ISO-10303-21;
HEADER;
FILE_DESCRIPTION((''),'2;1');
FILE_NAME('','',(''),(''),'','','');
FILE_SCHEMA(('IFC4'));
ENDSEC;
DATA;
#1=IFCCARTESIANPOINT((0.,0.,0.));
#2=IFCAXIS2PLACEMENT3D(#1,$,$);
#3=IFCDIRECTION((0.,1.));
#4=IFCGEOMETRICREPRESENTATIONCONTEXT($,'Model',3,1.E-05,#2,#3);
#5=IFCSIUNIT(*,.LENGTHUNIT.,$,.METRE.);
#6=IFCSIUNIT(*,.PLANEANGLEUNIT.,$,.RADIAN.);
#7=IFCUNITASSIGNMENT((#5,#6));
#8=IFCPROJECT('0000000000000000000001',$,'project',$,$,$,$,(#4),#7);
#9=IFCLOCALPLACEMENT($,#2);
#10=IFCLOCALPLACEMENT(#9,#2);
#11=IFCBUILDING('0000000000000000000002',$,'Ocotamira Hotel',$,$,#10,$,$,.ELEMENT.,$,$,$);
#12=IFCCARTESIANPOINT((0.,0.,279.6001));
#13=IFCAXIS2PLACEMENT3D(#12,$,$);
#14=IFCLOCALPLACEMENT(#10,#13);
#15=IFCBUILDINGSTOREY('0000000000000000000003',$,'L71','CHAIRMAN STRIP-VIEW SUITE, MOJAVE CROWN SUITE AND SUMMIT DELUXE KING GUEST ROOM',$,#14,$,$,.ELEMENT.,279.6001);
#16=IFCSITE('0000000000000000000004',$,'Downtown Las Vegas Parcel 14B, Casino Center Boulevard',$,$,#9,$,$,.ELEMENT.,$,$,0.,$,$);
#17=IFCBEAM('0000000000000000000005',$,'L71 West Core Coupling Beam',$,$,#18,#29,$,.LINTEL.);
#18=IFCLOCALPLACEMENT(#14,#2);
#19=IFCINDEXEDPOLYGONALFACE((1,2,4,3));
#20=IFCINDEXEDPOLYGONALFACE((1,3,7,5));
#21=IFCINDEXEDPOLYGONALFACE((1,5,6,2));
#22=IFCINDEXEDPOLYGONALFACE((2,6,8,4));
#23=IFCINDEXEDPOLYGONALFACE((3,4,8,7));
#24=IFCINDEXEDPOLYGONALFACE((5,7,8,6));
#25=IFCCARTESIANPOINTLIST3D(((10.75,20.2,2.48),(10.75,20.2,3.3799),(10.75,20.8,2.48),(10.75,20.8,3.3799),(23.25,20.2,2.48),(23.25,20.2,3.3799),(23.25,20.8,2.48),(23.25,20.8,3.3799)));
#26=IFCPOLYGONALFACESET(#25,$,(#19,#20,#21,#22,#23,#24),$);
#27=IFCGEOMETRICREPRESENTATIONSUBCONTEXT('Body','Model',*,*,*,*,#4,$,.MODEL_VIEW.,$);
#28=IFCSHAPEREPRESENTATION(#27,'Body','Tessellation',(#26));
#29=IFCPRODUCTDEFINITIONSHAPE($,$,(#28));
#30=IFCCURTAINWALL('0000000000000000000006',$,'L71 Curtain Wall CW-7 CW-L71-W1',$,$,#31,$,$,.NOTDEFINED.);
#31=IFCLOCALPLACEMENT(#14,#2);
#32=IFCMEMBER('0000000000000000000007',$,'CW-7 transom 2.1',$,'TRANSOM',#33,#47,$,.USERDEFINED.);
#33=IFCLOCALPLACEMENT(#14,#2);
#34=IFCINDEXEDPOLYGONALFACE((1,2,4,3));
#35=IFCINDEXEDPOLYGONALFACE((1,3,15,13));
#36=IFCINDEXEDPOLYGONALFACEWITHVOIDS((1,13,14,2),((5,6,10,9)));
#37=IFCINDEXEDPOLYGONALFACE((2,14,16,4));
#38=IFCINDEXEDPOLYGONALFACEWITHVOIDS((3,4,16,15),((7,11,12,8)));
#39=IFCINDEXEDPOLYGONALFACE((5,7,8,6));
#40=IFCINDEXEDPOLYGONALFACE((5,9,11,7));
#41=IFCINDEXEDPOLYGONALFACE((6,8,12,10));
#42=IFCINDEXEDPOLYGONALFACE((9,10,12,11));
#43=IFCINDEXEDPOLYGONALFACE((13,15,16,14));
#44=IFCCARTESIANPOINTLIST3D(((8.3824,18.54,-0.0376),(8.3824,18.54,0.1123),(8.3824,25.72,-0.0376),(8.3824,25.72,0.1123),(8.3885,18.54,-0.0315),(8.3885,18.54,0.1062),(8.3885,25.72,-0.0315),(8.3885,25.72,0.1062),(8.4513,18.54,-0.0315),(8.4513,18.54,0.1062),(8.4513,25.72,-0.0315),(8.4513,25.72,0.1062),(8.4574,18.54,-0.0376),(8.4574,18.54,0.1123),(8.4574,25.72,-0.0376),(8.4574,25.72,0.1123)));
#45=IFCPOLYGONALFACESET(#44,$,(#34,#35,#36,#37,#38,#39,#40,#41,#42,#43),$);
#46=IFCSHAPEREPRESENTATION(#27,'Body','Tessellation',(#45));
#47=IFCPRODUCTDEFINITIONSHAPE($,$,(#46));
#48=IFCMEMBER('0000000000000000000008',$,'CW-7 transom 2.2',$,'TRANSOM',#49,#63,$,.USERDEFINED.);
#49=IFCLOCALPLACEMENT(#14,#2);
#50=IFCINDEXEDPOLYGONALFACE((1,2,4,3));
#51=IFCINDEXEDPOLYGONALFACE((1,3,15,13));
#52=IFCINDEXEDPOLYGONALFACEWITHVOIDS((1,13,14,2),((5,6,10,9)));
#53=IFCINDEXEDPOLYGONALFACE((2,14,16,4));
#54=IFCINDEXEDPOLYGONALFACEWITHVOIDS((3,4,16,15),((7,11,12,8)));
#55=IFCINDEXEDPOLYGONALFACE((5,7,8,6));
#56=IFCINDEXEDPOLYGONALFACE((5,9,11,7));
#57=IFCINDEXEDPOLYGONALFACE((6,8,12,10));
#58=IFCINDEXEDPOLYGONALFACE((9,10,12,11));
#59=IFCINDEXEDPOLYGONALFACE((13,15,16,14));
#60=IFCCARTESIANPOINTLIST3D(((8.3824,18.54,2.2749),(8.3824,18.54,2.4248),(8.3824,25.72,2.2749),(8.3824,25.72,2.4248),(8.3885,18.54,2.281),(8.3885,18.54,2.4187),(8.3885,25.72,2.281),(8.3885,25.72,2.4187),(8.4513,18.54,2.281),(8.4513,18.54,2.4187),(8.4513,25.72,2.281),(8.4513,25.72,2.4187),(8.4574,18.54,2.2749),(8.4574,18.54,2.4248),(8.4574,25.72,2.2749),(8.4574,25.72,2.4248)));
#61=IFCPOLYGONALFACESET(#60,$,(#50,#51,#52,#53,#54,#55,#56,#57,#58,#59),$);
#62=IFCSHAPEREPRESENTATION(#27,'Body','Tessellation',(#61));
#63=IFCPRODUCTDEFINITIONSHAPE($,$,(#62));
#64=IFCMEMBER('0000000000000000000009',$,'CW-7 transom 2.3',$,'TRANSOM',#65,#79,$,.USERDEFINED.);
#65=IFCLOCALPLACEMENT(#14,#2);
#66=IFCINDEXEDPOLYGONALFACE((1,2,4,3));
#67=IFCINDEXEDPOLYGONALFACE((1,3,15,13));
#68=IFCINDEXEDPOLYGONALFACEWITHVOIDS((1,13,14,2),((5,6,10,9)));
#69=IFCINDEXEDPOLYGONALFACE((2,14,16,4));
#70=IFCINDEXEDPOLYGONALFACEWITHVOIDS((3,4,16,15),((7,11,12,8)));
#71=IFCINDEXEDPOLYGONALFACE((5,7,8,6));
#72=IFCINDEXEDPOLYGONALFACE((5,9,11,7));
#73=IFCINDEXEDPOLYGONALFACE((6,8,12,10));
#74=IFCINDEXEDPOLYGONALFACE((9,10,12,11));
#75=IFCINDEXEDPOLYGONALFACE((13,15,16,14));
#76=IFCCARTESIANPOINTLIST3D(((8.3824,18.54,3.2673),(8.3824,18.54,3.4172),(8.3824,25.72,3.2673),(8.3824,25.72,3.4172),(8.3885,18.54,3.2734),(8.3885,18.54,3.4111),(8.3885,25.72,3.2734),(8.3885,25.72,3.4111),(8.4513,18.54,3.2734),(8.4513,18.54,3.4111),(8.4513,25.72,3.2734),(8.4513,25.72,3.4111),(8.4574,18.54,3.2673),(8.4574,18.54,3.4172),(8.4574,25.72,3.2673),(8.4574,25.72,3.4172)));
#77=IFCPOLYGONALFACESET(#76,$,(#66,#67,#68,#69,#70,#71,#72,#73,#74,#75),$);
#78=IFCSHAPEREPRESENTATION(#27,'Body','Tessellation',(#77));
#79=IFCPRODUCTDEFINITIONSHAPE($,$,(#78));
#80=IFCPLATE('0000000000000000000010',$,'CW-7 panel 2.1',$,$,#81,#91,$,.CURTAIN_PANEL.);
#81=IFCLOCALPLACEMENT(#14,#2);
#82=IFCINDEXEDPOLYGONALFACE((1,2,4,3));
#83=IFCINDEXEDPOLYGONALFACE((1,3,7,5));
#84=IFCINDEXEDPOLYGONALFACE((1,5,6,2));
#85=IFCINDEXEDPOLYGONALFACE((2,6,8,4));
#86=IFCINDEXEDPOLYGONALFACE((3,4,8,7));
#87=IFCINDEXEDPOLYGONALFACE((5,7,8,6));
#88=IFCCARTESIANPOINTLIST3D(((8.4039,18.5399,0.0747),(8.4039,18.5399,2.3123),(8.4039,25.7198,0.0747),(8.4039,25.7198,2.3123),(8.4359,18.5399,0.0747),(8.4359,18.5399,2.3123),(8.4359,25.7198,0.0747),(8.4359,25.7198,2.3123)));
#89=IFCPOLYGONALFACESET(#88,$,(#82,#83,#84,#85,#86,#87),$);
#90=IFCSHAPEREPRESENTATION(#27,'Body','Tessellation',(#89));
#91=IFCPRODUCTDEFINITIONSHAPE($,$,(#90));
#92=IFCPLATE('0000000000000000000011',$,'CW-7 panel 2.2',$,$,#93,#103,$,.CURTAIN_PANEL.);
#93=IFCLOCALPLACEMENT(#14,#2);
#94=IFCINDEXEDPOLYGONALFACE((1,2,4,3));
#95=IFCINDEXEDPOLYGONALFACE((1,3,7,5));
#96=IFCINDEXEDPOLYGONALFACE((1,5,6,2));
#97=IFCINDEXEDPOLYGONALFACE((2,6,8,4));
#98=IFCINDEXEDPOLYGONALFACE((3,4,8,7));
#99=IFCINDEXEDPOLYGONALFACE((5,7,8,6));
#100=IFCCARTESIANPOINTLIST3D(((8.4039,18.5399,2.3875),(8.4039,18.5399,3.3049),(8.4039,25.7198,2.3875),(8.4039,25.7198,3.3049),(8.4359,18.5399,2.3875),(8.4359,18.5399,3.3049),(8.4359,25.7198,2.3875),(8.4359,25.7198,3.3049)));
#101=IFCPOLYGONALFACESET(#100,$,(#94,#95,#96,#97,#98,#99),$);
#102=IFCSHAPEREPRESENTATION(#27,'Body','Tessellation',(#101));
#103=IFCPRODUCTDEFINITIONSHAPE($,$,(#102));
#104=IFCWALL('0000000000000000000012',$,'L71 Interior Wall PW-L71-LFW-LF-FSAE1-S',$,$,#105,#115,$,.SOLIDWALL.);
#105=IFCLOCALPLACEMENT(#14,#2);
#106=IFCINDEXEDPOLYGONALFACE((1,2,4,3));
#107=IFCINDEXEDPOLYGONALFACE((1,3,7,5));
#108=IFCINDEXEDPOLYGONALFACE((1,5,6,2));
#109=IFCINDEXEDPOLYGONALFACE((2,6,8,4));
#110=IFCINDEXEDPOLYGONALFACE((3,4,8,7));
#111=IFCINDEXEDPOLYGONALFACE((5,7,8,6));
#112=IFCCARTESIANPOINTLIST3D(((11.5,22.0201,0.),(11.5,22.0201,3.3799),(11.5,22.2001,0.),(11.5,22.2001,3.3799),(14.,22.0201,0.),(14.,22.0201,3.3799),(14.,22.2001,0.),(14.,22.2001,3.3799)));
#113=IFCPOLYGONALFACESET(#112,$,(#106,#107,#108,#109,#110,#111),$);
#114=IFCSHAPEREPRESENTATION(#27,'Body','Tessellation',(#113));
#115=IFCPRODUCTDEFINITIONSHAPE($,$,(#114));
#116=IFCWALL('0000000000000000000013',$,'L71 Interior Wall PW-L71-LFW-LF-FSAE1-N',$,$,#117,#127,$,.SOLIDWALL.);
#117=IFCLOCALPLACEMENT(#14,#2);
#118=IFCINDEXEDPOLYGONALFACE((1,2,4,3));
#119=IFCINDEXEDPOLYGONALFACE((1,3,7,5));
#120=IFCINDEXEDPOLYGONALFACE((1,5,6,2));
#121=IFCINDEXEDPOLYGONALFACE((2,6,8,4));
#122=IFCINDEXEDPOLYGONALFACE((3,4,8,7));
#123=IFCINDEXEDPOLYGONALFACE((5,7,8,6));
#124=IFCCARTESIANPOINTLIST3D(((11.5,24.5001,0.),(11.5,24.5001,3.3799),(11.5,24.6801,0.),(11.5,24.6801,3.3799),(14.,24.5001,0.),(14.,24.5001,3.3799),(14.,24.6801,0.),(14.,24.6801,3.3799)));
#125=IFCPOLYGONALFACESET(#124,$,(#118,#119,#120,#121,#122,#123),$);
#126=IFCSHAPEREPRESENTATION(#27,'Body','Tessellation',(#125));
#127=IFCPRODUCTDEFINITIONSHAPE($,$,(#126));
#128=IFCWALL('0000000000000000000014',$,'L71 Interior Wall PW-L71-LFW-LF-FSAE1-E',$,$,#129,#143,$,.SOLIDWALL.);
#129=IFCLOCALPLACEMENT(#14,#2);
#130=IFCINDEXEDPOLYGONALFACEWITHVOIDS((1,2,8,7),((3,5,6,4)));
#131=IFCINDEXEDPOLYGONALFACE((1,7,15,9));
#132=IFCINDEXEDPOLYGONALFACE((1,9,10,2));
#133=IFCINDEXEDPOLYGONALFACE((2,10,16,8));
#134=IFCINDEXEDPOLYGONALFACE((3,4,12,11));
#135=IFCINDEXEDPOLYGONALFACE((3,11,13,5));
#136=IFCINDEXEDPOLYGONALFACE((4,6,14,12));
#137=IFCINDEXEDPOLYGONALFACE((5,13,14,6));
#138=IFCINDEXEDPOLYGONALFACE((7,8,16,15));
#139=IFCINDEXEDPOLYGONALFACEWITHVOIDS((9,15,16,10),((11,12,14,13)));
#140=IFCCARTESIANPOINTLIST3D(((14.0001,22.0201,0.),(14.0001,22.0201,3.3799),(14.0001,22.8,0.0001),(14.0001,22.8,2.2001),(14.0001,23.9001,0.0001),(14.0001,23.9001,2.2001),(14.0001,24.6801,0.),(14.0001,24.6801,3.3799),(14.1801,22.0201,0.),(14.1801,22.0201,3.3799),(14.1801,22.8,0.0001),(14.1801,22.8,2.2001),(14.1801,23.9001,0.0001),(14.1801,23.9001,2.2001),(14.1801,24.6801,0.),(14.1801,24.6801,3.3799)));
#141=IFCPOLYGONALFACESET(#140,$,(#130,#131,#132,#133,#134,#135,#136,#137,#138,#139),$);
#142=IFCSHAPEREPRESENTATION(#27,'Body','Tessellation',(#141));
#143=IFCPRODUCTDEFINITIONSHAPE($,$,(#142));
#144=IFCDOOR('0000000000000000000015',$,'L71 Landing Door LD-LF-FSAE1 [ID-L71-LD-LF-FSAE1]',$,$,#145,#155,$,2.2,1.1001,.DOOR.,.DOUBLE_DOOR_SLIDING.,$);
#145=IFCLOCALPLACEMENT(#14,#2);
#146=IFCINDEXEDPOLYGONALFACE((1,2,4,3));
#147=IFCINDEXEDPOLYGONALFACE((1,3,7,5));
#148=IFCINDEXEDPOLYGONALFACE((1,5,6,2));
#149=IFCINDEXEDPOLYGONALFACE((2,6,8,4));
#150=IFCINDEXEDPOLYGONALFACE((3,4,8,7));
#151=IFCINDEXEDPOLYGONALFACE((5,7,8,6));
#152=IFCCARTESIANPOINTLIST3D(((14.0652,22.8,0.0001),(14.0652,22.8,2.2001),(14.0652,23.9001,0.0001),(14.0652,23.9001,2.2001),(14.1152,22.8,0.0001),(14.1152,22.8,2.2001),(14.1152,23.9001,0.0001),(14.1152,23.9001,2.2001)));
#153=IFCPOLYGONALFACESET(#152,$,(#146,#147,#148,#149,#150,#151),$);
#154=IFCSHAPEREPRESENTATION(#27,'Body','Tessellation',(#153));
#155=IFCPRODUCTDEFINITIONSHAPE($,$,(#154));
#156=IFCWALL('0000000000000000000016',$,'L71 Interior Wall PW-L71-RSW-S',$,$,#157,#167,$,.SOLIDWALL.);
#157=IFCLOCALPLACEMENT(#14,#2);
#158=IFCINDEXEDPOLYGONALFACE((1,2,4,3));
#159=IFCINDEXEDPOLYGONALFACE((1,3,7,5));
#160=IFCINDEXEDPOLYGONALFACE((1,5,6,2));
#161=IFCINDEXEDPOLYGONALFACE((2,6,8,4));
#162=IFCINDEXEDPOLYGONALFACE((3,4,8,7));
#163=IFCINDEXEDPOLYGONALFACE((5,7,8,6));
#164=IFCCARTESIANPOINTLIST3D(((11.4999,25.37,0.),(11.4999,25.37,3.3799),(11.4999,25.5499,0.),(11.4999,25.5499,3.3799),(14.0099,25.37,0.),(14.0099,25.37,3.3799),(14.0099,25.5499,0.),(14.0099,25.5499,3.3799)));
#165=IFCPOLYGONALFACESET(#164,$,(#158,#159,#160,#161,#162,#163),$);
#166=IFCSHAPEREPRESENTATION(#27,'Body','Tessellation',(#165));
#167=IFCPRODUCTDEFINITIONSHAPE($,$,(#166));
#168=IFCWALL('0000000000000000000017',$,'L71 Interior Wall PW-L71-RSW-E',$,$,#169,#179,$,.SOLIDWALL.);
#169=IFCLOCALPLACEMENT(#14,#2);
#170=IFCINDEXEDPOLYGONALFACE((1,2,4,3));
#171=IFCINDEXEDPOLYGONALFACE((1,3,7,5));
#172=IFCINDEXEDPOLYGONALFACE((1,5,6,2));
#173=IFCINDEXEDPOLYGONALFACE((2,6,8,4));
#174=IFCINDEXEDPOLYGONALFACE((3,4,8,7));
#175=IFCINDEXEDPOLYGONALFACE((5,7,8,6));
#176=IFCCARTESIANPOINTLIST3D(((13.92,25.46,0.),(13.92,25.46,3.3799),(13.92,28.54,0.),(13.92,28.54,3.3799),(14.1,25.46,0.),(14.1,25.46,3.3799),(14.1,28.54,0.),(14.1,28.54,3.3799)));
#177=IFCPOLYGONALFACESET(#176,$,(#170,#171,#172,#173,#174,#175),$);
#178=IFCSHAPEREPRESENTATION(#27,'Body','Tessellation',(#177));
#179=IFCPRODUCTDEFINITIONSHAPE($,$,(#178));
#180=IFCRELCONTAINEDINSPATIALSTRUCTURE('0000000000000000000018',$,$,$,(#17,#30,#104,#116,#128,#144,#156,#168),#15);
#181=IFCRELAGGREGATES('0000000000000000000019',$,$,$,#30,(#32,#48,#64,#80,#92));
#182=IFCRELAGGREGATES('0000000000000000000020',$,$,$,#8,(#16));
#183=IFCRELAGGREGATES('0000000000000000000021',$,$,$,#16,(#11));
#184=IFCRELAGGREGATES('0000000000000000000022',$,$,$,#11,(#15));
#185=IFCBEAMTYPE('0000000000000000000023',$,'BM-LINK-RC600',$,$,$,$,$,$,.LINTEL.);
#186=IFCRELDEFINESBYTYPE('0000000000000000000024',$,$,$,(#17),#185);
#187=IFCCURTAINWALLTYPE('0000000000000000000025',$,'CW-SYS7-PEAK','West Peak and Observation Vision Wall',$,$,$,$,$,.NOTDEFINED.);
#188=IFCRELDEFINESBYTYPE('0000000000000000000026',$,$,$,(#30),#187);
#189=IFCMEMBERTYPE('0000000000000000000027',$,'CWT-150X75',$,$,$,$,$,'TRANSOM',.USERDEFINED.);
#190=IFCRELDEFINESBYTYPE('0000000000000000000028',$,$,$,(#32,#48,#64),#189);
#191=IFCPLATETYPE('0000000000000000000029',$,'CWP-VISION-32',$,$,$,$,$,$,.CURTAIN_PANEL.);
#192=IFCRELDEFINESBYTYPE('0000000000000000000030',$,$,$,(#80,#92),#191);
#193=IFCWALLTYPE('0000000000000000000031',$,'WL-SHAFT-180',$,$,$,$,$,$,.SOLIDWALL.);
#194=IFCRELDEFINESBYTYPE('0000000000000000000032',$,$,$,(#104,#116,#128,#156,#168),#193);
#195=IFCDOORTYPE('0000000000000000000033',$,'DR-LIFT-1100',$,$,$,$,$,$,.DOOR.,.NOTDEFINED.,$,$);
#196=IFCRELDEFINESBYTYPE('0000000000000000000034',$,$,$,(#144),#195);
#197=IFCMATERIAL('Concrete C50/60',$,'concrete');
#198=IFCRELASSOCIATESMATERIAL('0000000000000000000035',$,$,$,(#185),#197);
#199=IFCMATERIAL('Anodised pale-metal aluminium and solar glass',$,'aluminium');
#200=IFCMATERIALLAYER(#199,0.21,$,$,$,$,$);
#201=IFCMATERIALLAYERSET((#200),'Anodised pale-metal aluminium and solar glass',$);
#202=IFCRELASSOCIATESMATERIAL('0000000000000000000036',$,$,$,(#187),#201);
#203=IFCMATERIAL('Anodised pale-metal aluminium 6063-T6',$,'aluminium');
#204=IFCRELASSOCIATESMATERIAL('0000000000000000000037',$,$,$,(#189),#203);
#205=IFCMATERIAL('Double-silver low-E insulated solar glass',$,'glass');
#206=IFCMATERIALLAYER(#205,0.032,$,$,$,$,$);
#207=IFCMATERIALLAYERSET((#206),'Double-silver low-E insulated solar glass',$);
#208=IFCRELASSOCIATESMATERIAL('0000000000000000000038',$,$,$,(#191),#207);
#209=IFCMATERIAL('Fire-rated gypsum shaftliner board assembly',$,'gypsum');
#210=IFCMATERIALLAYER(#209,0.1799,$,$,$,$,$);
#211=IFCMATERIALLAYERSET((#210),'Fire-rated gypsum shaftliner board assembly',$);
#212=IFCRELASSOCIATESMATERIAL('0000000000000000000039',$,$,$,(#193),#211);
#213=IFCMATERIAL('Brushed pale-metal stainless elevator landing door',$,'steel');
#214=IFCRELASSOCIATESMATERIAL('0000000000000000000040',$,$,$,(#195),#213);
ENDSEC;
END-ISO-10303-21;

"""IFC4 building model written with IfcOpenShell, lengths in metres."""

from ifc_helpers import new_model, si_unit, direction, frame, frame_2d, origin, origin_2d, place, context, subcontext, project, spatial, rectangle, hollow_rectangle, extrude, source, transform, mapped, material, layer, layer_set, material_profile, profile_set, type_object, element, fill, aggregate, save


model = new_model("IFC4")

# Units and contexts
model_context = context("Model", 3, precision=1e-05, world=origin(), true_north=direction((0.0, 1.0)))
body_context = subcontext(model_context, "Body", "Model", "MODEL_VIEW")
ifc_project = project(units=[si_unit("LENGTHUNIT", "METRE"), si_unit("PLANEANGLEUNIT", "RADIAN")], contexts=[model_context])

# Site, building, storey
site_placement = place(None, origin())
site = spatial("IfcSite", under=ifc_project, at=site_placement, Name="Downtown Las Vegas Parcel 14B, Casino Center Boulevard", CompositionType="ELEMENT", RefElevation=0.0)
building_placement = place(site_placement, origin())
building = spatial("IfcBuilding", under=site, at=building_placement, Name="Ocotamira Hotel", CompositionType="ELEMENT")
storey_placement = place(building_placement, frame((0.0, 0.0, 279.6001)))
storey = spatial("IfcBuildingStorey", under=building, at=storey_placement, Name="L71", Description="CHAIRMAN STRIP-VIEW SUITE, MOJAVE CROWN SUITE AND SUMMIT DELUXE KING GUEST ROOM", CompositionType="ELEMENT", Elevation=279.6001)

# Beam
ifc_material_1 = material(Name="Concrete C50/60", Category="concrete")
ifc_material_profile_1 = material_profile(ifc_material_1, rectangle(XDim=0.6001, YDim=0.8999, at=origin_2d()), Name="RC600X900")
ifc_profile_set_1 = profile_set([ifc_material_profile_1], Name="Concrete C50/60")
beam_type = type_object("IfcBeamType", Name="BM-LINK-RC600", PredefinedType="LINTEL", material=ifc_profile_set_1)
shared_shape_1 = source(origin(), body_context, "Body", "SweptSolid", [
    extrude(rectangle(XDim=0.6001, YDim=0.8999, at=origin_2d()), origin(), (0.0, 0.0, 1.0), 12.5),
])
beam_placement = place(storey_placement, frame((10.75, 20.5, 2.9299), z_axis=(1.0, 0.0, 0.0), x_axis=(0.0, 1.0, 0.0)))
element("IfcBeam", 1, at=beam_placement, inside=storey, type_object=beam_type, Name="L71 West Core Coupling Beam", PredefinedType="LINTEL", context=body_context, shape_type="MappedRepresentation", body=[
    mapped(shared_shape_1, transform((0.0, 0.0, 0.0), scale=1.0)),
])

# Curtain wall, members, plates
ifc_material_2 = material(Name="Anodised pale-metal aluminium and solar glass", Category="aluminium")
ifc_layer_1 = layer(ifc_material_2, 0.21)
ifc_layer_set_1 = layer_set([ifc_layer_1], Name="Anodised pale-metal aluminium and solar glass")
curtain_wall_type = type_object("IfcCurtainWallType", Name="CW-SYS7-PEAK", Description="West Peak and Observation Vision Wall", PredefinedType="NOTDEFINED", material=ifc_layer_set_1)
curtain_wall_placement = place(storey_placement, origin())
curtain_wall = element("IfcCurtainWall", 2, at=curtain_wall_placement, inside=storey, type_object=curtain_wall_type, Name="L71 Curtain Wall CW-7 CW-L71-W1", PredefinedType="NOTDEFINED")
ifc_material_3 = material(Name="Anodised pale-metal aluminium 6063-T6", Category="aluminium")
ifc_material_profile_2 = material_profile(ifc_material_3, hollow_rectangle(XDim=0.075, YDim=0.1499, WallThickness=0.0061, at=origin_2d()), Name="HSS150X75X6")
ifc_profile_set_2 = profile_set([ifc_material_profile_2], Name="Anodised pale-metal aluminium 6063-T6")
member_type = type_object("IfcMemberType", Name="CWT-150X75", ElementType="TRANSOM", PredefinedType="USERDEFINED", material=ifc_profile_set_2)
shared_shape_2 = source(origin(), body_context, "Body", "SweptSolid", [
    extrude(hollow_rectangle(XDim=0.075, YDim=0.1499, WallThickness=0.0061, at=origin_2d()), origin(), (0.0, 0.0, 1.0), 7.1799),
])
member_1_placement = place(storey_placement, frame((8.4199, 18.54, 0.0374), z_axis=(0.0, 1.0, 0.0), x_axis=(-1.0, 0.0, 0.0)))
member_1 = element("IfcMember", 3, at=member_1_placement, type_object=member_type, Name="CW-7 transom 2.1", ObjectType="TRANSOM", PredefinedType="USERDEFINED", context=body_context, shape_type="MappedRepresentation", body=[
    mapped(shared_shape_2, transform((0.0, 0.0, 0.0), scale=1.0)),
])
member_2_placement = place(storey_placement, frame((8.4199, 18.54, 2.3499), z_axis=(0.0, 1.0, 0.0), x_axis=(-1.0, 0.0, 0.0)))
member_2 = element("IfcMember", 4, at=member_2_placement, type_object=member_type, Name="CW-7 transom 2.2", ObjectType="TRANSOM", PredefinedType="USERDEFINED", context=body_context, shape_type="MappedRepresentation", body=[
    mapped(shared_shape_2, transform((0.0, 0.0, 0.0), scale=1.0)),
])
member_3_placement = place(storey_placement, frame((8.4199, 18.54, 3.3423), z_axis=(0.0, 1.0, 0.0), x_axis=(-1.0, 0.0, 0.0)))
member_3 = element("IfcMember", 5, at=member_3_placement, type_object=member_type, Name="CW-7 transom 2.3", ObjectType="TRANSOM", PredefinedType="USERDEFINED", context=body_context, shape_type="MappedRepresentation", body=[
    mapped(shared_shape_2, transform((0.0, 0.0, 0.0), scale=1.0)),
])
ifc_material_4 = material(Name="Double-silver low-E insulated solar glass", Category="glass")
ifc_layer_2 = layer(ifc_material_4, 0.032)
ifc_layer_set_2 = layer_set([ifc_layer_2], Name="Double-silver low-E insulated solar glass")
plate_type = type_object("IfcPlateType", Name="CWP-VISION-32", PredefinedType="CURTAIN_PANEL", material=ifc_layer_set_2)
shared_shape_3 = source(origin(), body_context, "Body", "SweptSolid", [
    extrude(rectangle(XDim=7.1799, YDim=0.032, at=origin_2d()), origin(), (0.0, 0.0, 1.0), 2.2375),
])
plate_1_placement = place(storey_placement, frame((8.4199, 22.1299, 0.0747), z_axis=(0.0, 0.0, 1.0), x_axis=(0.0, 1.0, 0.0)))
plate_1 = element("IfcPlate", 6, at=plate_1_placement, type_object=plate_type, Name="CW-7 panel 2.1", PredefinedType="CURTAIN_PANEL", context=body_context, shape_type="MappedRepresentation", body=[
    mapped(shared_shape_3, transform((0.0, 0.0, 0.0), scale=1.0)),
])
shared_shape_4 = source(origin(), body_context, "Body", "SweptSolid", [
    extrude(rectangle(XDim=7.1799, YDim=0.032, at=origin_2d()), origin(), (0.0, 0.0, 1.0), 0.9175),
])
plate_2_placement = place(storey_placement, frame((8.4199, 22.1299, 2.3875), z_axis=(0.0, 0.0, 1.0), x_axis=(0.0, 1.0, 0.0)))
plate_2 = element("IfcPlate", 7, at=plate_2_placement, type_object=plate_type, Name="CW-7 panel 2.2", PredefinedType="CURTAIN_PANEL", context=body_context, shape_type="MappedRepresentation", body=[
    mapped(shared_shape_4, transform((0.0, 0.0, 0.0), scale=1.0)),
])
aggregate(curtain_wall, [member_1, member_2, member_3, plate_1, plate_2])

# Walls
ifc_material_5 = material(Name="Fire-rated gypsum shaftliner board assembly", Category="gypsum")
ifc_layer_3 = layer(ifc_material_5, 0.1799)
ifc_layer_set_3 = layer_set([ifc_layer_3], Name="Fire-rated gypsum shaftliner board assembly")
wall_type_1 = type_object("IfcWallType", Name="WL-SHAFT-180", PredefinedType="SOLIDWALL", material=ifc_layer_set_3)
for number, where, z_axis, x_axis, name in (
    (8, (11.5, 22.1101, 0.0), (0.0, 0.0, 1.0), (1.0, 0.0, 0.0), "L71 Interior Wall PW-L71-LFW-LF-FSAE1-S"),
    (9, (11.5, 24.5901, 0.0), (0.0, 0.0, 1.0), (1.0, 0.0, 0.0), "L71 Interior Wall PW-L71-LFW-LF-FSAE1-N"),
):
    element("IfcWall", number, at=place(storey_placement, frame(where, z_axis=z_axis, x_axis=x_axis)), inside=storey, type_object=wall_type_1, Name=name, PredefinedType="SOLIDWALL", context=body_context, shape_type="SweptSolid", body=[
        extrude(rectangle(XDim=2.5, YDim=0.1799, at=frame_2d((1.25, 0.0))), origin(), (0.0, 0.0, 1.0), 3.3799),
    ])

# Wall, opening, door
wall_1_placement = place(storey_placement, frame((14.0901, 22.02, 0.0), z_axis=(0.0, 0.0, 1.0), x_axis=(0.0, 1.0, 0.0)))
wall_1 = element("IfcWall", 10, at=wall_1_placement, inside=storey, type_object=wall_type_1, Name="L71 Interior Wall PW-L71-LFW-LF-FSAE1-E", PredefinedType="SOLIDWALL", context=body_context, shape_type="SweptSolid", body=[
    extrude(rectangle(XDim=2.6599, YDim=0.1799, at=frame_2d((1.3301, 0.0))), origin(), (0.0, 0.0, 1.0), 3.3799),
])
opening_1_placement = place(wall_1_placement, frame((0.78, 0.0, 0.0)))
opening_1 = element("IfcOpeningElement", 11, at=opening_1_placement, cuts=wall_1, PredefinedType="OPENING", context=body_context, shape_type="SweptSolid", body=[
    extrude(rectangle(XDim=1.1001, YDim=2.2, at=frame_2d((0.55, 1.1001))), frame((0.0, 0.1001, 0.0), z_axis=(0.0, -1.0, 0.0), x_axis=(1.0, 0.0, 0.0)), (0.0, 0.0, 1.0), 0.2),
])
ifc_material_6 = material(Name="Brushed pale-metal stainless elevator landing door", Category="steel")
door_type_1 = type_object("IfcDoorType", Name="DR-LIFT-1100", OperationType="NOTDEFINED", PredefinedType="DOOR", material=ifc_material_6)
shared_shape_5 = source(origin(), body_context, "Body", "SweptSolid", [
    extrude(rectangle(XDim=1.1001, YDim=2.2, at=frame_2d((0.55, 1.1001))), frame((0.0, 0.0249, 0.0), z_axis=(0.0, -1.0, 0.0), x_axis=(1.0, 0.0, 0.0)), (0.0, 0.0, 1.0), 0.05),
])
door_1_placement = place(opening_1_placement, origin())
door_1 = element("IfcDoor", 12, at=door_1_placement, inside=storey, type_object=door_type_1, Name="L71 Landing Door LD-LF-FSAE1 [ID-L71-LD-LF-FSAE1]", OperationType="DOUBLE_DOOR_SLIDING", OverallHeight=2.2, OverallWidth=1.1001, PredefinedType="DOOR", context=body_context, shape_type="MappedRepresentation", body=[
    mapped(shared_shape_5, transform((0.0, 0.0, 0.0), scale=1.0)),
])
fill(opening_1, door_1)

# Walls
wall_2_placement = place(storey_placement, frame((11.5, 25.46, 0.0), z_axis=(0.0, 0.0, 1.0), x_axis=(1.0, 0.0, 0.0)))
element("IfcWall", 13, at=wall_2_placement, inside=storey, type_object=wall_type_1, Name="L71 Interior Wall PW-L71-RSW-S", PredefinedType="SOLIDWALL", context=body_context, shape_type="SweptSolid", body=[
    extrude(rectangle(XDim=2.51, YDim=0.1799, at=frame_2d((1.2549, 0.0))), origin(), (0.0, 0.0, 1.0), 3.3799),
])
wall_3_placement = place(storey_placement, frame((14.01, 25.46, 0.0), z_axis=(0.0, 0.0, 1.0), x_axis=(0.0, 1.0, 0.0)))
element("IfcWall", 14, at=wall_3_placement, inside=storey, type_object=wall_type_1, Name="L71 Interior Wall PW-L71-RSW-E", PredefinedType="SOLIDWALL", context=body_context, shape_type="SweptSolid", body=[
    extrude(rectangle(XDim=3.0801, YDim=0.1799, at=frame_2d((1.54, 0.0))), origin(), (0.0, 0.0, 1.0), 3.3799),
])

save(model, "model.ifc")
